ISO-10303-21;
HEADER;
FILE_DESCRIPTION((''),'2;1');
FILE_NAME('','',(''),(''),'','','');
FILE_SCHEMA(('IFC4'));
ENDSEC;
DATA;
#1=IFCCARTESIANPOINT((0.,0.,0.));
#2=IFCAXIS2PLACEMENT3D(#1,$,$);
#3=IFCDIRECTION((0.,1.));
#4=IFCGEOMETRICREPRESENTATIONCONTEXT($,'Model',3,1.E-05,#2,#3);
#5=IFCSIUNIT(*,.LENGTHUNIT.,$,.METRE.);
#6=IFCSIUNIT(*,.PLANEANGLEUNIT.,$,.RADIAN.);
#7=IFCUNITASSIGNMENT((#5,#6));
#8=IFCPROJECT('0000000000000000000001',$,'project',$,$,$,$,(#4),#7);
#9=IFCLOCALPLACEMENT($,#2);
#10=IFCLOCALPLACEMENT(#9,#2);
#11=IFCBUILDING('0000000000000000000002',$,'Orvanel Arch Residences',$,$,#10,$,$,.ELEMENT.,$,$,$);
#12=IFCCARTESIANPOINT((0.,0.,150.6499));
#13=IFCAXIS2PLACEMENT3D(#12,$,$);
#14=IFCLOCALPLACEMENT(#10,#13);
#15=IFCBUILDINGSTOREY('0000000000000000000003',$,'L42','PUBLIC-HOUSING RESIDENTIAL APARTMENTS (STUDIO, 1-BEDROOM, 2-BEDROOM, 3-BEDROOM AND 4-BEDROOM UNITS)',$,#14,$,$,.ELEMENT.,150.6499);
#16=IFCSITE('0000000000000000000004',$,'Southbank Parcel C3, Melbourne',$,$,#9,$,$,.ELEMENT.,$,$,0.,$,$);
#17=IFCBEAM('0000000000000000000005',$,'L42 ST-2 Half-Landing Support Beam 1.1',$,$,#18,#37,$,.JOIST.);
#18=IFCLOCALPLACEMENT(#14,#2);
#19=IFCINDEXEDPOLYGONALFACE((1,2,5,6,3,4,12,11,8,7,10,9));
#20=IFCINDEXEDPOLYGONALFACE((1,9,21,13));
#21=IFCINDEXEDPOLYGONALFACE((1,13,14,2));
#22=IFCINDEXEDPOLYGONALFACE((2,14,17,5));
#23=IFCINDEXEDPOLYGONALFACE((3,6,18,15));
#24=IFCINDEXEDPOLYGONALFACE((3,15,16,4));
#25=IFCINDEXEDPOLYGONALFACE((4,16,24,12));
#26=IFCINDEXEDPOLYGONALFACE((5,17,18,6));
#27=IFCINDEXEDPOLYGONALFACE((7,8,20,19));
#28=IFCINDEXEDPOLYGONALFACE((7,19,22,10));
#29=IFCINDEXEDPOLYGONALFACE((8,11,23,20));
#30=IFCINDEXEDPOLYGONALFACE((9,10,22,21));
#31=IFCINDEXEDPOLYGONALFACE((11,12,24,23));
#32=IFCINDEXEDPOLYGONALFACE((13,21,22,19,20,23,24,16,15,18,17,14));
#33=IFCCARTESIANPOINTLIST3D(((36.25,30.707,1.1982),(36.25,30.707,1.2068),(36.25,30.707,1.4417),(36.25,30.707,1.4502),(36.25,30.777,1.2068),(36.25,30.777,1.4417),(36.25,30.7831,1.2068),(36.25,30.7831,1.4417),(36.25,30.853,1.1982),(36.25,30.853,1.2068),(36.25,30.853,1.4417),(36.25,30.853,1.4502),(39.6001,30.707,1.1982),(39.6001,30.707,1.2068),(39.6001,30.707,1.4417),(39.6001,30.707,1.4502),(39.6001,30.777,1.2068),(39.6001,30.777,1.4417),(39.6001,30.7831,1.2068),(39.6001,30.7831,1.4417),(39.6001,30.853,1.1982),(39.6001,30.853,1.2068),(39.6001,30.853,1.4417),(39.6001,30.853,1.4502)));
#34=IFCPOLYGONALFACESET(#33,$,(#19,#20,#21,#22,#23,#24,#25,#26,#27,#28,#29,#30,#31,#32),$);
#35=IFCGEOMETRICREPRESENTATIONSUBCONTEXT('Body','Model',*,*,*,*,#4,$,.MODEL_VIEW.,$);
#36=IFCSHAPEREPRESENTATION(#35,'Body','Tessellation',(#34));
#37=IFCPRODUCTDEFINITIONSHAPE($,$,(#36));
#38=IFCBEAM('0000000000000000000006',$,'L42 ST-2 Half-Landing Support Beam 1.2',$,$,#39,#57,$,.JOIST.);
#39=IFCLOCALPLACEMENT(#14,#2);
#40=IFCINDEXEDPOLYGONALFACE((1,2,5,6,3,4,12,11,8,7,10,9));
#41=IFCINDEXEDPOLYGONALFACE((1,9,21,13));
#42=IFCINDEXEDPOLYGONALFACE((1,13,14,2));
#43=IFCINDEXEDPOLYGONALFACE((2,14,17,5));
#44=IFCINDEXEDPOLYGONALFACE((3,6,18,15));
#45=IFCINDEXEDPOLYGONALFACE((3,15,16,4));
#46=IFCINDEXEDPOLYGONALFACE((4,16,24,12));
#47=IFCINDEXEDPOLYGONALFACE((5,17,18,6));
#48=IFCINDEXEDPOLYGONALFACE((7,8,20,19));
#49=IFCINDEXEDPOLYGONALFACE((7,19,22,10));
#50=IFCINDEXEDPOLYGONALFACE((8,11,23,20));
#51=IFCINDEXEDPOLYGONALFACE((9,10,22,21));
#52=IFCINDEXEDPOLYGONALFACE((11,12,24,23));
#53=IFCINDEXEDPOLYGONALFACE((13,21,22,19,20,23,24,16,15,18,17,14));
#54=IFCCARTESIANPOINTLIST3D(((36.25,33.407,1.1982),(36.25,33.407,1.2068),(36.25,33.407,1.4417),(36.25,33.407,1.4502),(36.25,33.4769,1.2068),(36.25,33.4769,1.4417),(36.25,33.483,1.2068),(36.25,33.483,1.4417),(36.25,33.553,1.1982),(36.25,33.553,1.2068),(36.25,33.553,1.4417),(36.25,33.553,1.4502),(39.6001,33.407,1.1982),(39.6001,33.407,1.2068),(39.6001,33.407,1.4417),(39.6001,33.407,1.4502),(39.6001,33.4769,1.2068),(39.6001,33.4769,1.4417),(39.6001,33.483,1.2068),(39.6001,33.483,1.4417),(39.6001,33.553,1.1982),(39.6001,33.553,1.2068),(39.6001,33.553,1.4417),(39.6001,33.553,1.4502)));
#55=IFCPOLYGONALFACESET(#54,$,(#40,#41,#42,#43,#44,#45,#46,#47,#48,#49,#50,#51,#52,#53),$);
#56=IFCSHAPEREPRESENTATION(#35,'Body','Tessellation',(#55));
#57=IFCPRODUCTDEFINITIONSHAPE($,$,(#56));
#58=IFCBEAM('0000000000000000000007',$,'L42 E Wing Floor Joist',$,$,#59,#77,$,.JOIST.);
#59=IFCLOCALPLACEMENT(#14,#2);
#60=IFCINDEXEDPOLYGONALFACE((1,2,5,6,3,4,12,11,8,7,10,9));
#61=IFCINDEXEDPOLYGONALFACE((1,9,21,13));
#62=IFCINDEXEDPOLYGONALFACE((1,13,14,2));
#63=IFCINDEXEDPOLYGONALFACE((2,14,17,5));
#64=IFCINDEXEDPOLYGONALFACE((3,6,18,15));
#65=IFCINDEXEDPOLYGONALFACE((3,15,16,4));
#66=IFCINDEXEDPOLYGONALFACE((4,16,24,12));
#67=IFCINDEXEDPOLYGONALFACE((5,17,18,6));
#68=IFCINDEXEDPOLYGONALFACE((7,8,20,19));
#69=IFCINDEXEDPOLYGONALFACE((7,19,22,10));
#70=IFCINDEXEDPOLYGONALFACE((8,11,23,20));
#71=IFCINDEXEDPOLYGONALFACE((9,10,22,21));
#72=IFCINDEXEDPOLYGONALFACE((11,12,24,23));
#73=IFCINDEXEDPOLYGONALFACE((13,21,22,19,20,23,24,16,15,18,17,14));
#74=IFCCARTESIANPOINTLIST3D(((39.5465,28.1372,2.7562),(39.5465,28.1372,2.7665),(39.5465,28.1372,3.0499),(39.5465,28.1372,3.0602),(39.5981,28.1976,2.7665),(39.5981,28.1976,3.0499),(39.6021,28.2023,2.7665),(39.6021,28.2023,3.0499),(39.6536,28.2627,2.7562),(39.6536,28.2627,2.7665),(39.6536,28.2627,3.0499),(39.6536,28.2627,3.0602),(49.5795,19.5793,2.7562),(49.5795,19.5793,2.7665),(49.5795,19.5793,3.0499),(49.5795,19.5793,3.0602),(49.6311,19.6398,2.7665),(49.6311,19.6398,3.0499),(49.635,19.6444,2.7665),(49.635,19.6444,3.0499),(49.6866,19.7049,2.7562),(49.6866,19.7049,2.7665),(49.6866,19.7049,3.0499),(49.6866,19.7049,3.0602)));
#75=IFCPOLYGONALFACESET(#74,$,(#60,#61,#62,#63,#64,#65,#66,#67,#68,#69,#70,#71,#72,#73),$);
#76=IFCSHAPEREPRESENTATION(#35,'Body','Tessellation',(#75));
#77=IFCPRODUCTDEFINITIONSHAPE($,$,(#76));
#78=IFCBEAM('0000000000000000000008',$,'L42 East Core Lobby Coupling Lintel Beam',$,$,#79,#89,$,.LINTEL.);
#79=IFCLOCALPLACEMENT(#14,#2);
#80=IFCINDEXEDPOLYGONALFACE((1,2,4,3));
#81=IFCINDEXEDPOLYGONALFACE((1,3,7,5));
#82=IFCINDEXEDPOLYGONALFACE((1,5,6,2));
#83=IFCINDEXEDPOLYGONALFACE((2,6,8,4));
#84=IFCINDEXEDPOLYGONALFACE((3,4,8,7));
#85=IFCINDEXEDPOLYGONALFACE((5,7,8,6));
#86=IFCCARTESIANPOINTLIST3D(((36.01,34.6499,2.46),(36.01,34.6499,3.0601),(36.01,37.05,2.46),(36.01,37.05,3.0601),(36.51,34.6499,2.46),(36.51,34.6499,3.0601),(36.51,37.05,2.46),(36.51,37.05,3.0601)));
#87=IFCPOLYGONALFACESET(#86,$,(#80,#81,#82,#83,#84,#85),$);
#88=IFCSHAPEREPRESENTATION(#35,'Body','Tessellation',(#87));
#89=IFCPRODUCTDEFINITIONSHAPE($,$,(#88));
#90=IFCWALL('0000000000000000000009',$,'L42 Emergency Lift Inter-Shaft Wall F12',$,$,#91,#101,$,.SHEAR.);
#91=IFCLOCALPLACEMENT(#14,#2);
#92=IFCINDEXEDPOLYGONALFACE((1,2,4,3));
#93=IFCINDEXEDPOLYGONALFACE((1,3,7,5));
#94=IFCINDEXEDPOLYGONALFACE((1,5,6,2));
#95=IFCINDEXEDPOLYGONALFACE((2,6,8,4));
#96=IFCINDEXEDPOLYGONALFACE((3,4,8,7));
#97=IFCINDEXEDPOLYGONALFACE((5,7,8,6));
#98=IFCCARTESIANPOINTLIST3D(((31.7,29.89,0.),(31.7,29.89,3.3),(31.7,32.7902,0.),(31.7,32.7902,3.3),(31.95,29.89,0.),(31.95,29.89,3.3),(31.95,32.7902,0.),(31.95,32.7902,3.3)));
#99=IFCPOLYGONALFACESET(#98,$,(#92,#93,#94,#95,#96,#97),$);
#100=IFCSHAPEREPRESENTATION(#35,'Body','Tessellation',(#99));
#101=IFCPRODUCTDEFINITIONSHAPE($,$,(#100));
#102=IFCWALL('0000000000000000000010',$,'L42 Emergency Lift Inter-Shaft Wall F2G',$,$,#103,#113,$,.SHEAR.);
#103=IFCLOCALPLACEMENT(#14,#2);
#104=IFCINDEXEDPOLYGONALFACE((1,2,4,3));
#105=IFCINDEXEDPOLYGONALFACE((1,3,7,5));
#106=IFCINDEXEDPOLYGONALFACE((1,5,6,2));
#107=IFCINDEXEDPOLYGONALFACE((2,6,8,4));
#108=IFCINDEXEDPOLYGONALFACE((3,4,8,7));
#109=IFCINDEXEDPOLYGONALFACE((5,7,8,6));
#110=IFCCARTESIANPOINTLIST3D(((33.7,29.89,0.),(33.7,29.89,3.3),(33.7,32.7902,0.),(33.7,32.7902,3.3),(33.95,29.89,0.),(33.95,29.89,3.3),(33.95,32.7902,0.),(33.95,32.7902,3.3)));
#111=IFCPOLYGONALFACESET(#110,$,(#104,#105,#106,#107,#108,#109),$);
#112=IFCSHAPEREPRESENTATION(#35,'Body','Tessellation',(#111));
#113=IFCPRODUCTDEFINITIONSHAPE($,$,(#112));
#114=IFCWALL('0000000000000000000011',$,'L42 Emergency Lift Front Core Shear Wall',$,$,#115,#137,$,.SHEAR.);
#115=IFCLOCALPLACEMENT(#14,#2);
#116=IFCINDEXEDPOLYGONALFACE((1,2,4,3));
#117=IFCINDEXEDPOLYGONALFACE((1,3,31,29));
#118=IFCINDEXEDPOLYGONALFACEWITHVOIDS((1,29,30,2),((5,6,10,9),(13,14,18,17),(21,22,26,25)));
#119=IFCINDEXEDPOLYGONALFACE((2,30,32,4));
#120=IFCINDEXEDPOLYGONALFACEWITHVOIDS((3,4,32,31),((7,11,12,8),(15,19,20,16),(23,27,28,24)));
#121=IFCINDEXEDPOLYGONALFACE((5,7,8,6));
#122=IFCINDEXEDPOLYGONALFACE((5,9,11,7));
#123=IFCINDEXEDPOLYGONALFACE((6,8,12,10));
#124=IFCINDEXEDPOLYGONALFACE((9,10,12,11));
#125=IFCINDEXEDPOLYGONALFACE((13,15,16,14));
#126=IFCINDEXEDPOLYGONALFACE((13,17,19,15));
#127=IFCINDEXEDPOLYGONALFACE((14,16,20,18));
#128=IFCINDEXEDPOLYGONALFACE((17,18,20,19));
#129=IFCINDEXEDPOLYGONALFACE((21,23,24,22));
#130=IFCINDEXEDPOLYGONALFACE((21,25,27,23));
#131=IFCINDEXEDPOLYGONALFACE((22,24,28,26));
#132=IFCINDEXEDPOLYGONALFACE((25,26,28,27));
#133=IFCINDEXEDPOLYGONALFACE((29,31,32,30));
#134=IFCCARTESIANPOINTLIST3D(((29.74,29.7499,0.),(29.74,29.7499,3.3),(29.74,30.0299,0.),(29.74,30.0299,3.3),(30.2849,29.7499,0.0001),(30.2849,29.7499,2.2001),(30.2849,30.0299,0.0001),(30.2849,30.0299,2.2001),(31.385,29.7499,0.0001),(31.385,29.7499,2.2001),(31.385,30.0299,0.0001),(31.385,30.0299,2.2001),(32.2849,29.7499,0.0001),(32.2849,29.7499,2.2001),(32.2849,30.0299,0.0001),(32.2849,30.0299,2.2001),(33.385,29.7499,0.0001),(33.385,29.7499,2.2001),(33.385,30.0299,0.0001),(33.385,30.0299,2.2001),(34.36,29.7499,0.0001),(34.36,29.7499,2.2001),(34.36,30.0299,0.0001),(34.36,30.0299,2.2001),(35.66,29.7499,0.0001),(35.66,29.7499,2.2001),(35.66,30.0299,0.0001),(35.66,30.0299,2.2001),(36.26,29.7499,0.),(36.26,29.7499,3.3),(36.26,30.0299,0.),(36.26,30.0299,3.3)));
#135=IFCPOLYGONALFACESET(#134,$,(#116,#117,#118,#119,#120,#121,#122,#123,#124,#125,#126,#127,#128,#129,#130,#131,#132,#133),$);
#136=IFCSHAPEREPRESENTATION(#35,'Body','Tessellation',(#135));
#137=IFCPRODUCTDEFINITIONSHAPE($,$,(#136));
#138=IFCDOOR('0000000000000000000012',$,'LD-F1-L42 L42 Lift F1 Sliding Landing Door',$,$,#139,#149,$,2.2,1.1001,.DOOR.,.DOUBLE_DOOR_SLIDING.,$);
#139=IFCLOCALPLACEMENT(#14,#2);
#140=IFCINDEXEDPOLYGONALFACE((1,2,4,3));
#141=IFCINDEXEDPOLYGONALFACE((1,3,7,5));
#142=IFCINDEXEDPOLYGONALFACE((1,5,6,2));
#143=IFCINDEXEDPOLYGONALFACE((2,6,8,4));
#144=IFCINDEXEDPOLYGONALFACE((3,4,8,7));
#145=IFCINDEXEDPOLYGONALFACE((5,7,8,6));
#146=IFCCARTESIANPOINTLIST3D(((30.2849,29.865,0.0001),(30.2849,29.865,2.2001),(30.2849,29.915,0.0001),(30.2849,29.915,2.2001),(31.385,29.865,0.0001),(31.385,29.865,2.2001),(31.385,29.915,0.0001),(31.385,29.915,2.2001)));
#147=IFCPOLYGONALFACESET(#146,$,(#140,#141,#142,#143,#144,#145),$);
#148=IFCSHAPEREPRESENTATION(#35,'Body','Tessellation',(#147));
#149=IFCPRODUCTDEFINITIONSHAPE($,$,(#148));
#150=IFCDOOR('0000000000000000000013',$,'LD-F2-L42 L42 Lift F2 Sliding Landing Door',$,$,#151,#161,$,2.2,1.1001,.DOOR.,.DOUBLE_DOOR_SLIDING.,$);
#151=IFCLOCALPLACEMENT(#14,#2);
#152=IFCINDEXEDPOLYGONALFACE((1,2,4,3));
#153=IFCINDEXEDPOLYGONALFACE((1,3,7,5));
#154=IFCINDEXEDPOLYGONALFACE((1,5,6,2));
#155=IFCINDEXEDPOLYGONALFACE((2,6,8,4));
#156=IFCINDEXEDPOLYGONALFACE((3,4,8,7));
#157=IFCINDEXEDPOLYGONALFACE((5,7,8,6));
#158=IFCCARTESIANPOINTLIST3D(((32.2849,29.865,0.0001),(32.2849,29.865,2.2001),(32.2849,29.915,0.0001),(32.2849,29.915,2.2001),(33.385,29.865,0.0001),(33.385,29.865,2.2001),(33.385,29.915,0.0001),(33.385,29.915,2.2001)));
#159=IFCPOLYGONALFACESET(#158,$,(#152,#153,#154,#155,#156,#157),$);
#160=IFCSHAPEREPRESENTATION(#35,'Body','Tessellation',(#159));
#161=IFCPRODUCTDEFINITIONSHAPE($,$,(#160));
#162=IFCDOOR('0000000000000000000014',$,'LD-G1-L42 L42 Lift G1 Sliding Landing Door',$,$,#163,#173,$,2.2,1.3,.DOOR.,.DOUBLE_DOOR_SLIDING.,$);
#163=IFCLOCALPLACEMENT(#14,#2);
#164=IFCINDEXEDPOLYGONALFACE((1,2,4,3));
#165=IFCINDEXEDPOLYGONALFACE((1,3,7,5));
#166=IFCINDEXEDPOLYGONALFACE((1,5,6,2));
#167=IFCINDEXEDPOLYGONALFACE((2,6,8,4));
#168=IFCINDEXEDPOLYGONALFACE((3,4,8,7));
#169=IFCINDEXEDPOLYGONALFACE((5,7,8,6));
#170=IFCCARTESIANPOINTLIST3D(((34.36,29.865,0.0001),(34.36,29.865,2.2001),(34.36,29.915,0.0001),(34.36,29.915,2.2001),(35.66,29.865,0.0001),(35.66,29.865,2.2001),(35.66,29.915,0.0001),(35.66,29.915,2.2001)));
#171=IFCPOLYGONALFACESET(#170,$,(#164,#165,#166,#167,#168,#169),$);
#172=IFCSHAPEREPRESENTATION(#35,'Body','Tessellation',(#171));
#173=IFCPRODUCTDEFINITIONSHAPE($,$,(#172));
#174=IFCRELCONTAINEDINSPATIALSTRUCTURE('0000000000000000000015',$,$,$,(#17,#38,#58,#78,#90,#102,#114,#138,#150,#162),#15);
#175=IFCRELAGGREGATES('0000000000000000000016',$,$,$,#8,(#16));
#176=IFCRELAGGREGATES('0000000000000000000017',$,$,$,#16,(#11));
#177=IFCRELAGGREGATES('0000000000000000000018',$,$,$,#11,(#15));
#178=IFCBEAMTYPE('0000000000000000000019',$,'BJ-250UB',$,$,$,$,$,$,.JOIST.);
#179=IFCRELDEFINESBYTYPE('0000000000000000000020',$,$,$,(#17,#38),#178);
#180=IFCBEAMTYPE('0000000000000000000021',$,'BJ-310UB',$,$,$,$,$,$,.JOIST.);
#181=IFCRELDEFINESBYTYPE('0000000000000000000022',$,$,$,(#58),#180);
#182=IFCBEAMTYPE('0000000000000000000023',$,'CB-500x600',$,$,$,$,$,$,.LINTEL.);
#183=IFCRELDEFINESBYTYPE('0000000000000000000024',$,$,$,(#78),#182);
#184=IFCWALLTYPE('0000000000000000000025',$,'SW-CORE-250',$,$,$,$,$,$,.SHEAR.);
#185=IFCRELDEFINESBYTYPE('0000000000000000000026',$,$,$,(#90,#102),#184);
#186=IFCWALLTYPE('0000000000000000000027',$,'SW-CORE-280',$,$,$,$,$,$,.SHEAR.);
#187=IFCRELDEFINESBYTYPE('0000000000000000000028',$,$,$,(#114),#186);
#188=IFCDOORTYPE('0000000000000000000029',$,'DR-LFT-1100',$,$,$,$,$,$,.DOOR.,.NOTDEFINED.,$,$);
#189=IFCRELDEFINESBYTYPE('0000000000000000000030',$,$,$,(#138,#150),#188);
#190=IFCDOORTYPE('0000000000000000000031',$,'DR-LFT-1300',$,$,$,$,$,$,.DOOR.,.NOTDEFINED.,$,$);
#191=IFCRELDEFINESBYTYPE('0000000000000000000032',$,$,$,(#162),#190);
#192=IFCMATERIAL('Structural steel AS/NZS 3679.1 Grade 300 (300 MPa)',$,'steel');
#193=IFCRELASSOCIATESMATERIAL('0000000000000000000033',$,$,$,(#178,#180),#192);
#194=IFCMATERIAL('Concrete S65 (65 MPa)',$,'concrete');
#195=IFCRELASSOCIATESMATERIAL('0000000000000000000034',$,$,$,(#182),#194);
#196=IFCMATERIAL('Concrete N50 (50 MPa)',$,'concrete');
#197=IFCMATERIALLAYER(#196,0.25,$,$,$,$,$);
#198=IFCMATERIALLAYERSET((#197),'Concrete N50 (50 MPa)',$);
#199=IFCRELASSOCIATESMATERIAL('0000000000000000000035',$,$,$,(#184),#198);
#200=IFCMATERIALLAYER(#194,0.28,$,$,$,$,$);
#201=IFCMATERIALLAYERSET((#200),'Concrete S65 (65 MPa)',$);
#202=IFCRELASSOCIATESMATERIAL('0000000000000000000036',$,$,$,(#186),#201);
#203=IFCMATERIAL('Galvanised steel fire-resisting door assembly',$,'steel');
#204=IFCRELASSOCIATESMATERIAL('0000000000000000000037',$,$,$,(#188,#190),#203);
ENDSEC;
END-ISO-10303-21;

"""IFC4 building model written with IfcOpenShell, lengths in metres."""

from ifc_helpers import new_model, si_unit, direction, frame, frame_2d, origin, origin_2d, place, context, subcontext, project, spatial, rectangle, i_section, extrude, material, layer, layer_set, material_profile, profile_set, type_object, element, fill, save


model = new_model("IFC4")

# Units and contexts
model_context = context("Model", 3, precision=1e-05, world=origin(), true_north=direction((0.0, 1.0)))
body_context = subcontext(model_context, "Body", "Model", "MODEL_VIEW")
ifc_project = project(units=[si_unit("LENGTHUNIT", "METRE"), si_unit("PLANEANGLEUNIT", "RADIAN")], contexts=[model_context])

# Site, building, storey
site_placement = place(None, origin())
site = spatial("IfcSite", under=ifc_project, at=site_placement, Name="Southbank Parcel C3, Melbourne", CompositionType="ELEMENT", RefElevation=0.0)
building_placement = place(site_placement, origin())
building = spatial("IfcBuilding", under=site, at=building_placement, Name="Orvanel Arch Residences", CompositionType="ELEMENT")
storey_placement = place(building_placement, frame((0.0, 0.0, 150.6499)))
storey = spatial("IfcBuildingStorey", under=building, at=storey_placement, Name="L42", Description="PUBLIC-HOUSING RESIDENTIAL APARTMENTS (STUDIO, 1-BEDROOM, 2-BEDROOM, 3-BEDROOM AND 4-BEDROOM UNITS)", CompositionType="ELEMENT", Elevation=150.6499)

# Beams
ifc_material_1 = material(Name="Structural steel AS/NZS 3679.1 Grade 300 (300 MPa)", Category="steel")
ifc_material_profile_1 = material_profile(ifc_material_1, i_section(OverallWidth=0.146, OverallDepth=0.252, WebThickness=0.0061, FlangeThickness=0.0085, at=origin_2d()), Name="250UB31.4")
ifc_profile_set_1 = profile_set([ifc_material_profile_1], Name="Structural steel AS/NZS 3679.1 Grade 300 (300 MPa)")
beam_type_1 = type_object("IfcBeamType", Name="BJ-250UB", PredefinedType="JOIST", material=ifc_profile_set_1)
for number, where, z_axis, x_axis, name in (
    (1, (36.25, 30.78, 1.3242), (1.0, 0.0, 0.0), (0.0, 1.0, 0.0), "L42 ST-2 Half-Landing Support Beam 1.1"),
    (2, (36.25, 33.48, 1.3242), (1.0, 0.0, 0.0), (0.0, 1.0, 0.0), "L42 ST-2 Half-Landing Support Beam 1.2"),
):
    element("IfcBeam", number, at=place(storey_placement, frame(where, z_axis=z_axis, x_axis=x_axis)), inside=storey, type_object=beam_type_1, Name=name, PredefinedType="JOIST", context=body_context, shape_type="SweptSolid", body=[
        extrude(i_section(OverallWidth=0.146, OverallDepth=0.252, WebThickness=0.0061, FlangeThickness=0.0085, at=origin_2d()), origin(), (0.0, 0.0, 1.0), 3.3501),
    ])
ifc_material_profile_2 = material_profile(ifc_material_1, i_section(OverallWidth=0.165, OverallDepth=0.304, WebThickness=0.0061, FlangeThickness=0.0103, at=origin_2d()), Name="310UB40.4")
ifc_profile_set_2 = profile_set([ifc_material_profile_2], Name="Structural steel AS/NZS 3679.1 Grade 300 (300 MPa)")
beam_type_2 = type_object("IfcBeamType", Name="BJ-310UB", PredefinedType="JOIST", material=ifc_profile_set_2)
beam_1_placement = place(storey_placement, frame((39.6001, 28.2, 2.9082), z_axis=(0.760821, -0.648961, 0.0), x_axis=(0.648961, 0.760821, 0.0)))
element("IfcBeam", 3, at=beam_1_placement, inside=storey, type_object=beam_type_2, Name="L42 E Wing Floor Joist", PredefinedType="JOIST", context=body_context, shape_type="SweptSolid", body=[
    extrude(i_section(OverallWidth=0.165, OverallDepth=0.304, WebThickness=0.0061, FlangeThickness=0.0103, at=origin_2d()), origin(), (0.0, 0.0, 1.0), 13.187),
])
ifc_material_2 = material(Name="Concrete S65 (65 MPa)", Category="concrete")
ifc_material_profile_3 = material_profile(ifc_material_2, rectangle(XDim=0.5, YDim=0.6001, at=origin_2d()), Name="RC500x600")
ifc_profile_set_3 = profile_set([ifc_material_profile_3], Name="Concrete S65 (65 MPa)")
beam_type_3 = type_object("IfcBeamType", Name="CB-500x600", PredefinedType="LINTEL", material=ifc_profile_set_3)
beam_2_placement = place(storey_placement, frame((36.26, 34.6499, 2.76), z_axis=(0.0, 1.0, 0.0), x_axis=(-1.0, 0.0, 0.0)))
element("IfcBeam", 4, at=beam_2_placement, inside=storey, type_object=beam_type_3, Name="L42 East Core Lobby Coupling Lintel Beam", PredefinedType="LINTEL", context=body_context, shape_type="SweptSolid", body=[
    extrude(rectangle(XDim=0.5, YDim=0.6001, at=origin_2d()), origin(), (0.0, 0.0, 1.0), 2.4001),
])

# Walls
ifc_material_3 = material(Name="Concrete N50 (50 MPa)", Category="concrete")
ifc_layer_1 = layer(ifc_material_3, 0.25)
ifc_layer_set_1 = layer_set([ifc_layer_1], Name="Concrete N50 (50 MPa)")
wall_type_1 = type_object("IfcWallType", Name="SW-CORE-250", PredefinedType="SHEAR", material=ifc_layer_set_1)
for number, where, z_axis, x_axis, name in (
    (5, (31.825, 29.8899, 0.0), (0.0, 0.0, 1.0), (0.0, 1.0, 0.0), "L42 Emergency Lift Inter-Shaft Wall F12"),
    (6, (33.825, 29.8899, 0.0), (0.0, 0.0, 1.0), (0.0, 1.0, 0.0), "L42 Emergency Lift Inter-Shaft Wall F2G"),
):
    element("IfcWall", number, at=place(storey_placement, frame(where, z_axis=z_axis, x_axis=x_axis)), inside=storey, type_object=wall_type_1, Name=name, PredefinedType="SHEAR", context=body_context, shape_type="SweptSolid", body=[
        extrude(rectangle(XDim=2.9001, YDim=0.25, at=frame_2d((1.4502, 0.0))), origin(), (0.0, 0.0, 1.0), 3.3),
    ])

# Wall, openings, doors
ifc_layer_2 = layer(ifc_material_2, 0.28)
ifc_layer_set_2 = layer_set([ifc_layer_2], Name="Concrete S65 (65 MPa)")
wall_type_2 = type_object("IfcWallType", Name="SW-CORE-280", PredefinedType="SHEAR", material=ifc_layer_set_2)
wall_1_placement = place(storey_placement, frame((36.26, 29.8899, 0.0), z_axis=(0.0, 0.0, 1.0), x_axis=(-1.0, 0.0, 0.0)))
wall_1 = element("IfcWall", 7, at=wall_1_placement, inside=storey, type_object=wall_type_2, Name="L42 Emergency Lift Front Core Shear Wall", PredefinedType="SHEAR", context=body_context, shape_type="SweptSolid", body=[
    extrude(rectangle(XDim=6.52, YDim=0.28, at=frame_2d((3.26, 0.0))), origin(), (0.0, 0.0, 1.0), 3.3),
])
opening_1_placement = place(wall_1_placement, frame((4.875, 0.0, 0.0)))
opening_1 = element("IfcOpeningElement", 8, at=opening_1_placement, cuts=wall_1, PredefinedType="OPENING", context=body_context, shape_type="SweptSolid", body=[
    extrude(rectangle(XDim=1.1001, YDim=2.2, at=frame_2d((0.55, 1.1001))), frame((0.0, 0.1499, 0.0), z_axis=(0.0, -1.0, 0.0), x_axis=(1.0, 0.0, 0.0)), (0.0, 0.0, 1.0), 0.3),
])
opening_2_placement = place(wall_1_placement, frame((2.875, 0.0, 0.0)))
opening_2 = element("IfcOpeningElement", 9, at=opening_2_placement, cuts=wall_1, PredefinedType="OPENING", context=body_context, shape_type="SweptSolid", body=[
    extrude(rectangle(XDim=1.1001, YDim=2.2, at=frame_2d((0.55, 1.1001))), frame((0.0, 0.1499, 0.0), z_axis=(0.0, -1.0, 0.0), x_axis=(1.0, 0.0, 0.0)), (0.0, 0.0, 1.0), 0.3),
])
opening_3_placement = place(wall_1_placement, frame((0.6001, 0.0, 0.0)))
opening_3 = element("IfcOpeningElement", 10, at=opening_3_placement, cuts=wall_1, PredefinedType="OPENING", context=body_context, shape_type="SweptSolid", body=[
    extrude(rectangle(XDim=1.3, YDim=2.2, at=frame_2d((0.6499, 1.1001))), frame((0.0, 0.1499, 0.0), z_axis=(0.0, -1.0, 0.0), x_axis=(1.0, 0.0, 0.0)), (0.0, 0.0, 1.0), 0.3),
])
ifc_material_4 = material(Name="Galvanised steel fire-resisting door assembly", Category="steel")
door_type_1 = type_object("IfcDoorType", Name="DR-LFT-1100", OperationType="NOTDEFINED", PredefinedType="DOOR", material=ifc_material_4)
door_1_placement = place(opening_1_placement, origin())
door_1 = element("IfcDoor", 11, at=door_1_placement, inside=storey, type_object=door_type_1, Name="LD-F1-L42 L42 Lift F1 Sliding Landing Door", OperationType="DOUBLE_DOOR_SLIDING", OverallHeight=2.2, OverallWidth=1.1001, PredefinedType="DOOR", context=body_context, shape_type="SweptSolid", body=[
    extrude(rectangle(XDim=1.1001, YDim=2.2, at=frame_2d((0.55, 1.1001))), frame((0.0, 0.0249, 0.0), z_axis=(0.0, -1.0, 0.0), x_axis=(1.0, 0.0, 0.0)), (0.0, 0.0, 1.0), 0.05),
])
fill(opening_1, door_1)
door_2_placement = place(opening_2_placement, origin())
door_2 = element("IfcDoor", 12, at=door_2_placement, inside=storey, type_object=door_type_1, Name="LD-F2-L42 L42 Lift F2 Sliding Landing Door", OperationType="DOUBLE_DOOR_SLIDING", OverallHeight=2.2, OverallWidth=1.1001, PredefinedType="DOOR", context=body_context, shape_type="SweptSolid", body=[
    extrude(rectangle(XDim=1.1001, YDim=2.2, at=frame_2d((0.55, 1.1001))), frame((0.0, 0.0249, 0.0), z_axis=(0.0, -1.0, 0.0), x_axis=(1.0, 0.0, 0.0)), (0.0, 0.0, 1.0), 0.05),
])
fill(opening_2, door_2)
door_type_2 = type_object("IfcDoorType", Name="DR-LFT-1300", OperationType="NOTDEFINED", PredefinedType="DOOR", material=ifc_material_4)
door_3_placement = place(opening_3_placement, origin())
door_3 = element("IfcDoor", 13, at=door_3_placement, inside=storey, type_object=door_type_2, Name="LD-G1-L42 L42 Lift G1 Sliding Landing Door", OperationType="DOUBLE_DOOR_SLIDING", OverallHeight=2.2, OverallWidth=1.3, PredefinedType="DOOR", context=body_context, shape_type="SweptSolid", body=[
    extrude(rectangle(XDim=1.3, YDim=2.2, at=frame_2d((0.6499, 1.1001))), frame((0.0, 0.0249, 0.0), z_axis=(0.0, -1.0, 0.0), x_axis=(1.0, 0.0, 0.0)), (0.0, 0.0, 1.0), 0.05),
])
fill(opening_3, door_3)

save(model, "model.ifc")
